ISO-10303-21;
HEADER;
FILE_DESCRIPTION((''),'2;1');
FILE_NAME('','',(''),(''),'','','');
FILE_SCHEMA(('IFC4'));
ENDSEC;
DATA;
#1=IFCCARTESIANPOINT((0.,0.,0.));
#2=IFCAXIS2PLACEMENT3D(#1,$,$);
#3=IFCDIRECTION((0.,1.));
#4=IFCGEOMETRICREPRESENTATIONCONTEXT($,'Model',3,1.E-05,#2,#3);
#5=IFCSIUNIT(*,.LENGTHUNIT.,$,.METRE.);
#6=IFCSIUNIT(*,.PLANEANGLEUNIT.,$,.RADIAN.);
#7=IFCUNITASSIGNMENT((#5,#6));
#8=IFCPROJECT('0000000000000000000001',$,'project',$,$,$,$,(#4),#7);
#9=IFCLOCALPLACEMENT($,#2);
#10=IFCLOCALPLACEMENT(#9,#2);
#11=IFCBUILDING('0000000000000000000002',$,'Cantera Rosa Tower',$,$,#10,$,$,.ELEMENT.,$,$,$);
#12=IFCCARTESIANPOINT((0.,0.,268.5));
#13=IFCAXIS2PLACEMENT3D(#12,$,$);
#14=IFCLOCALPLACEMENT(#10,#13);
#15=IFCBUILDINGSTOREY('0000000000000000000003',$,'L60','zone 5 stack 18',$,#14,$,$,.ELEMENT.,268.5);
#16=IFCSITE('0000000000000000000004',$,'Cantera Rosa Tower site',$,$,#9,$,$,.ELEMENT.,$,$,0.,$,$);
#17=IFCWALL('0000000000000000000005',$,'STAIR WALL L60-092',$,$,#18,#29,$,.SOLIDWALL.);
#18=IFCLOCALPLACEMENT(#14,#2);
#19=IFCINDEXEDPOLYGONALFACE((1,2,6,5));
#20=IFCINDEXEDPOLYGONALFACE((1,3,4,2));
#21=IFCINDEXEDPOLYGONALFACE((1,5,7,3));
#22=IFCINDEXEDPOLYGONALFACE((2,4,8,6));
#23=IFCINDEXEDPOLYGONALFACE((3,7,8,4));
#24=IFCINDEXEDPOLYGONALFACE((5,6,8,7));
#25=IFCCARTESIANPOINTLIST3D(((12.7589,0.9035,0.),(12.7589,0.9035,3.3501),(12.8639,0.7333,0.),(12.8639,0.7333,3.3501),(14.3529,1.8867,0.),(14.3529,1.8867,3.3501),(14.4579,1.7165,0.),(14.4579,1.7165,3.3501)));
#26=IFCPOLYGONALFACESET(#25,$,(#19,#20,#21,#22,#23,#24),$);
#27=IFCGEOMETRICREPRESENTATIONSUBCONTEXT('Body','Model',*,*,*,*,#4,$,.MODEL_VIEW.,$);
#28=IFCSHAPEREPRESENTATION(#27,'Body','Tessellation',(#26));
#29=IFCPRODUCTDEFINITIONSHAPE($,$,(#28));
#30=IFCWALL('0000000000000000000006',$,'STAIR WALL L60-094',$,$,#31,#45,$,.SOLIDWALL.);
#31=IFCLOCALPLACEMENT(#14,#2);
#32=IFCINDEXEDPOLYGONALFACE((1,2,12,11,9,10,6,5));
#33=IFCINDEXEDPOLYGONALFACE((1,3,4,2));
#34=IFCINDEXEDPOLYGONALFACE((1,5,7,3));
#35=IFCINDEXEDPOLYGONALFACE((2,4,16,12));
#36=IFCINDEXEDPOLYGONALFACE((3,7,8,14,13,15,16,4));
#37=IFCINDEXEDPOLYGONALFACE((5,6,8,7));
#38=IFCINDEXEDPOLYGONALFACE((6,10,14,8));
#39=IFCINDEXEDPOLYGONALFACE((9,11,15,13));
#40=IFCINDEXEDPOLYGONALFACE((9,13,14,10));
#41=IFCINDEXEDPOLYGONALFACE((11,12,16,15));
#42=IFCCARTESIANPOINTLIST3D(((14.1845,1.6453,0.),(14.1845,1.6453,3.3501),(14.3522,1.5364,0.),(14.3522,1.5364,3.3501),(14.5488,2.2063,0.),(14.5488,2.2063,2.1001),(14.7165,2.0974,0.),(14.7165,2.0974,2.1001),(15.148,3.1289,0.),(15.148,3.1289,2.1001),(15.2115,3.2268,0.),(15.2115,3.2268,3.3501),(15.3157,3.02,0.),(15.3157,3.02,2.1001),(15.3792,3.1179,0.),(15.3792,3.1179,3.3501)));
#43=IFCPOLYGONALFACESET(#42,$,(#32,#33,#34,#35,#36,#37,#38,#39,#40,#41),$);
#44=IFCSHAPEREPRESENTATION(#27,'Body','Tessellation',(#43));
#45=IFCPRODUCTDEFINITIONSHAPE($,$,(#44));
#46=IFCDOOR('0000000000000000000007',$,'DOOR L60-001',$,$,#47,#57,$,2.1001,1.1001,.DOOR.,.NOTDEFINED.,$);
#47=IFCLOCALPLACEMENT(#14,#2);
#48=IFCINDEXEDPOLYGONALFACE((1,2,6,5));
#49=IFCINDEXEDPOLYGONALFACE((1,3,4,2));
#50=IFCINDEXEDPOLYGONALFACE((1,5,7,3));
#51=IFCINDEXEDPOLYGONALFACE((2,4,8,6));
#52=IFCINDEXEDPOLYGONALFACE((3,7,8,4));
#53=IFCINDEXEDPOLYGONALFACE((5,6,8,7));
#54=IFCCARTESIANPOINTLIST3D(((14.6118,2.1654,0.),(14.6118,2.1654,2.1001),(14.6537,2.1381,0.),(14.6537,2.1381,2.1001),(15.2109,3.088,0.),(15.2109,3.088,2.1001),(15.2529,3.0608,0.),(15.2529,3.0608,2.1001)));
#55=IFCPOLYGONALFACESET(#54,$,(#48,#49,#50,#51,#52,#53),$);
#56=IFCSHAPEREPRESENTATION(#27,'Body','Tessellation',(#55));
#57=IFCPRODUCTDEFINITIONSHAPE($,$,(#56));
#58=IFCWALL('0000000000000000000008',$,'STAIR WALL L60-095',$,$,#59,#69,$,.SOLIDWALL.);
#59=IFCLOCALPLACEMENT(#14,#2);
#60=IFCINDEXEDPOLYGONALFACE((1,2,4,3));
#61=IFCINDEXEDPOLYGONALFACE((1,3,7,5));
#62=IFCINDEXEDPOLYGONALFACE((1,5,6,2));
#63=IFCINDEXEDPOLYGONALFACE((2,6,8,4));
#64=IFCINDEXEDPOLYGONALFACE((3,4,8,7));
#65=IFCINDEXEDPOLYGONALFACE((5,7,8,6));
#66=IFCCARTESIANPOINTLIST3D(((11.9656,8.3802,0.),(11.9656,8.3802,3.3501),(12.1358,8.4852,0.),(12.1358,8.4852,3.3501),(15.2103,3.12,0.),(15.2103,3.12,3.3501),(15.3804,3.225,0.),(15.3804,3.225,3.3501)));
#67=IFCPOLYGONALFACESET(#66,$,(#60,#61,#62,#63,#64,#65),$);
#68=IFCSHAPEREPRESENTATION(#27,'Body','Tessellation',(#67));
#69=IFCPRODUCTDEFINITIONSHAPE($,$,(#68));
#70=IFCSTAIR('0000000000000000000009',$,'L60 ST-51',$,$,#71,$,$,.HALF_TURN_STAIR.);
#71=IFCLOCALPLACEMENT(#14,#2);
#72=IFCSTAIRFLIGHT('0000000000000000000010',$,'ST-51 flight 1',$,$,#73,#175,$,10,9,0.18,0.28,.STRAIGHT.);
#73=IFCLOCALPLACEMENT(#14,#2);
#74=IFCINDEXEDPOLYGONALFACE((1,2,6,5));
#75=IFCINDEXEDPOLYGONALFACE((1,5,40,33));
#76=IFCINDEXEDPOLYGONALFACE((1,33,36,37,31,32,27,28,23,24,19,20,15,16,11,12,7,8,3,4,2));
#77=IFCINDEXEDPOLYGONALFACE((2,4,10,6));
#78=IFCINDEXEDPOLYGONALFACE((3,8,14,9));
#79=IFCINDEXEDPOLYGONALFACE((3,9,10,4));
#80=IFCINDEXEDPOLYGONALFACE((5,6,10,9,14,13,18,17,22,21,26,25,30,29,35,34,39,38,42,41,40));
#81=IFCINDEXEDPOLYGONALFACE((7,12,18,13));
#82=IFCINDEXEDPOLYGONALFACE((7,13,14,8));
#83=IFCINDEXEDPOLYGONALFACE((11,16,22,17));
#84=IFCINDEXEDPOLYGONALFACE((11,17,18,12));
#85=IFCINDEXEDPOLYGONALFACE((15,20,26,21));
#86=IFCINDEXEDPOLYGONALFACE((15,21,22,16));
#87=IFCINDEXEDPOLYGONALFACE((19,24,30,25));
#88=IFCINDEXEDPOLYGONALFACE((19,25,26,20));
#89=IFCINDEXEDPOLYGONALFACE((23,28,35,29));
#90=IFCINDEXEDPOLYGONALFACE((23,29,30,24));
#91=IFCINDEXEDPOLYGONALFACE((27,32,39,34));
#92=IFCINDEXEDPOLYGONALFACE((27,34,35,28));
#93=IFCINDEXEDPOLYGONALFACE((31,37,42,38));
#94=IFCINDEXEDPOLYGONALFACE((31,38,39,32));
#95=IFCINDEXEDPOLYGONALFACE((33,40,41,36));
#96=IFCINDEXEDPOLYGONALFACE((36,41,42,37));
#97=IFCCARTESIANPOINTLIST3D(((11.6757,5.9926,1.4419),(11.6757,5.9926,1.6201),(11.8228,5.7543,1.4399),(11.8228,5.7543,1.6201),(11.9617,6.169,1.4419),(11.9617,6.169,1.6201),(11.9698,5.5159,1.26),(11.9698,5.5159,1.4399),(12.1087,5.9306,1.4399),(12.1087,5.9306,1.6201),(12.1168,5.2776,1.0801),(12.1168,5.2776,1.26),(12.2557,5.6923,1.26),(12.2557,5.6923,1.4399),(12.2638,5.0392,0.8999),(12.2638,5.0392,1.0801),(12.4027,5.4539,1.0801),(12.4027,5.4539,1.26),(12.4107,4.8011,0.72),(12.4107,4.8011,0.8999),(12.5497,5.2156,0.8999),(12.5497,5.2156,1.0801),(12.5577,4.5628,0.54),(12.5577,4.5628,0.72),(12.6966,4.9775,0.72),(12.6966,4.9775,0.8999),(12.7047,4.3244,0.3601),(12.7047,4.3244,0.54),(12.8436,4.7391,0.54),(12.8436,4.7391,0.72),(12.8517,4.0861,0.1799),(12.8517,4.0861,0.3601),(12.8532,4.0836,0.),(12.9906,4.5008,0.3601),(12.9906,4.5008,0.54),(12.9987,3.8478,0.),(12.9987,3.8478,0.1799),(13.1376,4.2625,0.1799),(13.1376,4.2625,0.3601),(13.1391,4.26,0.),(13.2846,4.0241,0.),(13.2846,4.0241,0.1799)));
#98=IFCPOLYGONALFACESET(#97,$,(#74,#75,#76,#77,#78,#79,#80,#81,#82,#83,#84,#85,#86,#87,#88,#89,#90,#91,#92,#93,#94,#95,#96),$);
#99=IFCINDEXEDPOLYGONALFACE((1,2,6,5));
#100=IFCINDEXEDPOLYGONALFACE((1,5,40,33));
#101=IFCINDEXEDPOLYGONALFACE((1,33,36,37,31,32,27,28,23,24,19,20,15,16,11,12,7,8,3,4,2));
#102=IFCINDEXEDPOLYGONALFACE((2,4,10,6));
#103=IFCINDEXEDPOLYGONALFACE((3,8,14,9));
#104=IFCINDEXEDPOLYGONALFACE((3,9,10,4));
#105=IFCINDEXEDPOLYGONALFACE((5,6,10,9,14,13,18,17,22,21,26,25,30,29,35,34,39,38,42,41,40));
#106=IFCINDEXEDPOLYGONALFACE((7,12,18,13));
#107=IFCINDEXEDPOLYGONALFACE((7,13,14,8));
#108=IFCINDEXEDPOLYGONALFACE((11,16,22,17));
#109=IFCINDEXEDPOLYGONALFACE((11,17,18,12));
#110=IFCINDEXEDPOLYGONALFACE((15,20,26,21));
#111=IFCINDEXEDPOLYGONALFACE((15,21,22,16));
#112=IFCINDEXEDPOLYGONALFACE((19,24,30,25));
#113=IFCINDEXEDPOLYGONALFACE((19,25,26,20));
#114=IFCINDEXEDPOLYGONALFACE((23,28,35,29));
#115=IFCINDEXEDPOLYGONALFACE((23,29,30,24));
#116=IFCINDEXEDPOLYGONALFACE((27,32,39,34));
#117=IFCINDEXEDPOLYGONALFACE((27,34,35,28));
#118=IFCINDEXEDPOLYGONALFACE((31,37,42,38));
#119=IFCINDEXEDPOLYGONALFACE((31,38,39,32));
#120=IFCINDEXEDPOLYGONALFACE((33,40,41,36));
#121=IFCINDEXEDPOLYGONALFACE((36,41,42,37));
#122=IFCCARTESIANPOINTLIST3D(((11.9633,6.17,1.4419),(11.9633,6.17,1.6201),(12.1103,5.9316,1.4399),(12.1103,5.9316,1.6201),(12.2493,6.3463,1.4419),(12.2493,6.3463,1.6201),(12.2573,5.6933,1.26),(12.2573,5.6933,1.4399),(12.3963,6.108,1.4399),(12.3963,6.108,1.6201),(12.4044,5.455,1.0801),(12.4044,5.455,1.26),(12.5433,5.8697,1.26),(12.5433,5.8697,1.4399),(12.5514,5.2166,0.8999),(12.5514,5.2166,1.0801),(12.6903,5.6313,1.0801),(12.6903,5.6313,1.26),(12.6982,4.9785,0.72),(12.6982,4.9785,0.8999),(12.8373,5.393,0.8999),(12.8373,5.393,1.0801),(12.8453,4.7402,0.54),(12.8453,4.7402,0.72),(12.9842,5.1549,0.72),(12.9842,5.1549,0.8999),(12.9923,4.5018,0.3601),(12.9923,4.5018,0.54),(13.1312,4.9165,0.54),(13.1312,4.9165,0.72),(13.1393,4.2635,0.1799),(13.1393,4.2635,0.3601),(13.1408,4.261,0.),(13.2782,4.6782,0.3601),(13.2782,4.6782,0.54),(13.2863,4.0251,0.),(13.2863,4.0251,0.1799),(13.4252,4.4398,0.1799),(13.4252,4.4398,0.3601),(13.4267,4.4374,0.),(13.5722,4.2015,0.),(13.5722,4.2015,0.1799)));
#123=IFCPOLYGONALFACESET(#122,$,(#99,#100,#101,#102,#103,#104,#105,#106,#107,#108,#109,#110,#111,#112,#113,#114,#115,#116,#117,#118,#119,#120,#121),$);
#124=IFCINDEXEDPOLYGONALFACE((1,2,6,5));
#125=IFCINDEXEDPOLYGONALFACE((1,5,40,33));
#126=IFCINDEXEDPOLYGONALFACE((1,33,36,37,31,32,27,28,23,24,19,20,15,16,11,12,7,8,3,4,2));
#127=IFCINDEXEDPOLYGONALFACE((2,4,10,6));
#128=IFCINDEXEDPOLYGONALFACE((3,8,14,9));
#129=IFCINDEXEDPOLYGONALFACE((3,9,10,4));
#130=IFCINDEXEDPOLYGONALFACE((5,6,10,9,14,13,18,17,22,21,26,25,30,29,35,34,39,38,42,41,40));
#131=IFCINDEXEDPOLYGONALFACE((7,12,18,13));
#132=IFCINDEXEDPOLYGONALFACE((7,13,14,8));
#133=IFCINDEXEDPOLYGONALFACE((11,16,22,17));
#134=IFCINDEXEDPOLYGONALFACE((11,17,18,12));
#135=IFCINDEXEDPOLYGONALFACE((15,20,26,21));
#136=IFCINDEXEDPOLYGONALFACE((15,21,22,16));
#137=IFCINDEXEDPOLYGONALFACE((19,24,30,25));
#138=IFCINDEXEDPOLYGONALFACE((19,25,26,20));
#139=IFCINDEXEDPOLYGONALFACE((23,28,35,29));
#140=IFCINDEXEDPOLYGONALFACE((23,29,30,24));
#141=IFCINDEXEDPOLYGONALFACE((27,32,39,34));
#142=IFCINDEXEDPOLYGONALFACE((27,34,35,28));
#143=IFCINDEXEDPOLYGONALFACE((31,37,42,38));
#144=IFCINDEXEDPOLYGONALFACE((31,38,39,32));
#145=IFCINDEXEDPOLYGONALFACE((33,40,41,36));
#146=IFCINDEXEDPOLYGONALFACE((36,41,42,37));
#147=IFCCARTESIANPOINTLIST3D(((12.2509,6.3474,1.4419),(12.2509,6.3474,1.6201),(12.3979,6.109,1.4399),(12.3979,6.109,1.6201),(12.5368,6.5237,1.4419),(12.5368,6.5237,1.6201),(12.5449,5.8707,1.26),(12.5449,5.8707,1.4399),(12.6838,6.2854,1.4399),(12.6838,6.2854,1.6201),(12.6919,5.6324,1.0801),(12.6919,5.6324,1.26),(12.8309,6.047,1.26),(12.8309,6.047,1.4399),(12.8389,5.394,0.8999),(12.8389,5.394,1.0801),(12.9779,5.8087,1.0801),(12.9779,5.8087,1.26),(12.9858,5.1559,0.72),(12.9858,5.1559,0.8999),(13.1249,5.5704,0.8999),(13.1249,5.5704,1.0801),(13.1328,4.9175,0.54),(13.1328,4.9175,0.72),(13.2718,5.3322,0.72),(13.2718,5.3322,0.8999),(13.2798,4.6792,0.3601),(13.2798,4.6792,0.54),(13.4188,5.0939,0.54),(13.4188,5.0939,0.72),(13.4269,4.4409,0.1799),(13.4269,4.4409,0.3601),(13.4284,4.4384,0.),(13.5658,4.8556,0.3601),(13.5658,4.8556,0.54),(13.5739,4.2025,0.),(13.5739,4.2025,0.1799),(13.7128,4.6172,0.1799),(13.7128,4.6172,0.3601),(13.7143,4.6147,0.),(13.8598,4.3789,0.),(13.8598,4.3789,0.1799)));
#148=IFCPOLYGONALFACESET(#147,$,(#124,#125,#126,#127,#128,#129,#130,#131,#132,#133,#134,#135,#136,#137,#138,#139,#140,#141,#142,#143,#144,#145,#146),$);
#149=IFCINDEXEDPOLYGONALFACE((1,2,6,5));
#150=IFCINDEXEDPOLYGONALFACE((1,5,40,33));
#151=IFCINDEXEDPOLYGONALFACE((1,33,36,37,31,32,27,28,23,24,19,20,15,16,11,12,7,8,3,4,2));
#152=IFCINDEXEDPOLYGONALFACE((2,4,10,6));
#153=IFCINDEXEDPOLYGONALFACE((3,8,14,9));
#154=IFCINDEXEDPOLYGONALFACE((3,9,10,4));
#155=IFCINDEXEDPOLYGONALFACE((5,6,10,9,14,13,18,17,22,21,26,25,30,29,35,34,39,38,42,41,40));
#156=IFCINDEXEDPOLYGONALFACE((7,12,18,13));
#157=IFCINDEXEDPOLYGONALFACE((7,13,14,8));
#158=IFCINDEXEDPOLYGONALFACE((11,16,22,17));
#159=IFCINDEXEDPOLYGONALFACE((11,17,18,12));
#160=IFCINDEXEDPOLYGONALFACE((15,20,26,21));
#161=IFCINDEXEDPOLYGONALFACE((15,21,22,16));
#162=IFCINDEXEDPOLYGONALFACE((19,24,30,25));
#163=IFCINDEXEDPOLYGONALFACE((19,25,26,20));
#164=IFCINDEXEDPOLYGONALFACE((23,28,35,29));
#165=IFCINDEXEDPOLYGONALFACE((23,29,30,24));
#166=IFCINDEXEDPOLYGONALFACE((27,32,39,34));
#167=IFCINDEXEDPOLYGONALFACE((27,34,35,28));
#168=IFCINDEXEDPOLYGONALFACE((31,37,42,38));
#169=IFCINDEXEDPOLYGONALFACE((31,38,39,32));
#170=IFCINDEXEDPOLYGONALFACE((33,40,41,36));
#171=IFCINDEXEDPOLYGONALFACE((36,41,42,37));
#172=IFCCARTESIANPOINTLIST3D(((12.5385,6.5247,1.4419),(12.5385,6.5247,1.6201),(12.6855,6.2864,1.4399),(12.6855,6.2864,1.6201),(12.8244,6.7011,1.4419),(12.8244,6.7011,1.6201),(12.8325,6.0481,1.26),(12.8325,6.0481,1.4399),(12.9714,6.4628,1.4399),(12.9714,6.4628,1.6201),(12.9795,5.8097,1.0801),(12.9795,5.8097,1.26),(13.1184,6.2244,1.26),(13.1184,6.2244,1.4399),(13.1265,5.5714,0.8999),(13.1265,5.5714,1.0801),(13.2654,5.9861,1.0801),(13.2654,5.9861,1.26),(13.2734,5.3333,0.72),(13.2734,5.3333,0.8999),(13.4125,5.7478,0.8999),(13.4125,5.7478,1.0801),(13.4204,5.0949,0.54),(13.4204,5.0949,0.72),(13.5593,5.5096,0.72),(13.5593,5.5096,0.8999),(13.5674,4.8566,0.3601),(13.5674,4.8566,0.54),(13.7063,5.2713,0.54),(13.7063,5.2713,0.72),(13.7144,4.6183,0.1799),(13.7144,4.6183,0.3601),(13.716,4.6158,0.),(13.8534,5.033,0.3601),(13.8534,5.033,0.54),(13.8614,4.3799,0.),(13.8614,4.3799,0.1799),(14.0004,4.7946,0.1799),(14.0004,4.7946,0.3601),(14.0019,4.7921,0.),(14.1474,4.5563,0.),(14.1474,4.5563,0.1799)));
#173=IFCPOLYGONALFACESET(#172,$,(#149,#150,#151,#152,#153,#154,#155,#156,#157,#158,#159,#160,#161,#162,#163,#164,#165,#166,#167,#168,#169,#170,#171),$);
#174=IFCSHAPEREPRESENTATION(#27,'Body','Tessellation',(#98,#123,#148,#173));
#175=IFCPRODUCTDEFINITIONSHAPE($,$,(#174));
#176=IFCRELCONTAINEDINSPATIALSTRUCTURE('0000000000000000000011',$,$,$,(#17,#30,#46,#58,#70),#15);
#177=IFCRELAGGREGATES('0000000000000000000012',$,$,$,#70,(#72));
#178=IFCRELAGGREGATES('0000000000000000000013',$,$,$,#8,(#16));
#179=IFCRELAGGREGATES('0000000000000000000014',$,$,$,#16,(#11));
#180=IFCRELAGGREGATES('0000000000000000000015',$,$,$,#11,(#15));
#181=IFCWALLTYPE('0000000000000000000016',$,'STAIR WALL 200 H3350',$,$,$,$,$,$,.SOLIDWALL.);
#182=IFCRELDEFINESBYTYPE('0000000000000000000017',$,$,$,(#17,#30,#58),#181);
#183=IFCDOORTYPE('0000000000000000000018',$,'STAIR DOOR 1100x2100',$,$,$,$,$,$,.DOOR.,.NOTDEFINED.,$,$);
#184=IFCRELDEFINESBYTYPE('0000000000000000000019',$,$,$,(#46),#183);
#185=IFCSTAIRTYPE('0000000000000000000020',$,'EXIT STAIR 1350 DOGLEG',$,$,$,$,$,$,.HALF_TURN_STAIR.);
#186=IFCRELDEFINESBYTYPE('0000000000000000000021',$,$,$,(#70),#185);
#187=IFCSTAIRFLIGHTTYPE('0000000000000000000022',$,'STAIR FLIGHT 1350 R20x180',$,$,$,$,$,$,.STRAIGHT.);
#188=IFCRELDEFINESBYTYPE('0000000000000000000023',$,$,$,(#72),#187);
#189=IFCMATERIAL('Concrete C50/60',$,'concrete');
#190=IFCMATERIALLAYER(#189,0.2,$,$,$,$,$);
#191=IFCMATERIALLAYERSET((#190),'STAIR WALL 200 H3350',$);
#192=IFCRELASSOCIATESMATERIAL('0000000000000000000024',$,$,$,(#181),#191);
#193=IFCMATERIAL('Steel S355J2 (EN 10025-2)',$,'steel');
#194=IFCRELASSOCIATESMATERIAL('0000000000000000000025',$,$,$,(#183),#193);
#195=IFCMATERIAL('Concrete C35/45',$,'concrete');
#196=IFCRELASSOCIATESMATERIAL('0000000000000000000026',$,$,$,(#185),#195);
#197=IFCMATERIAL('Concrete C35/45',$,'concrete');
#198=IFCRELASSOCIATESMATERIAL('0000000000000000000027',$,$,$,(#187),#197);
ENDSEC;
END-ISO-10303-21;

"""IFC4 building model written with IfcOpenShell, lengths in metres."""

from ifc_helpers import new_model, si_unit, direction, frame, frame_2d, origin, place, context, subcontext, project, spatial, polyline, rectangle, outline, extrude, material, layer, layer_set, type_object, element, fill, aggregate, save


model = new_model("IFC4")

# Units and contexts
model_context = context("Model", 3, precision=1e-05, world=origin(), true_north=direction((0.0, 1.0)))
body_context = subcontext(model_context, "Body", "Model", "MODEL_VIEW")
ifc_project = project(units=[si_unit("LENGTHUNIT", "METRE"), si_unit("PLANEANGLEUNIT", "RADIAN")], contexts=[model_context])

# Site, building, storey
site_placement = place(None, origin())
site = spatial("IfcSite", under=ifc_project, at=site_placement, Name="Cantera Rosa Tower site", CompositionType="ELEMENT", RefElevation=0.0)
building_placement = place(site_placement, origin())
building = spatial("IfcBuilding", under=site, at=building_placement, Name="Cantera Rosa Tower", CompositionType="ELEMENT")
storey_placement = place(building_placement, frame((0.0, 0.0, 268.5)))
storey = spatial("IfcBuildingStorey", under=building, at=storey_placement, Name="L60", Description="zone 5 stack 18", CompositionType="ELEMENT", Elevation=268.5)

# Wall
ifc_material_1 = material(Name="Concrete C50/60", Category="concrete")
ifc_layer_1 = layer(ifc_material_1, 0.2)
ifc_layer_set_1 = layer_set([ifc_layer_1], Name="STAIR WALL 200 H3350")
wall_type_1 = type_object("IfcWallType", Name="STAIR WALL 200 H3350", PredefinedType="SOLIDWALL", material=ifc_layer_set_1)
wall_1_placement = place(storey_placement, frame((12.8113, 0.8184, 0.0), z_axis=(0.0, 0.0, 1.0), x_axis=(0.851125, 0.524963, 0.0)))
element("IfcWall", 1, at=wall_1_placement, inside=storey, type_object=wall_type_1, Name="STAIR WALL L60-092", PredefinedType="SOLIDWALL", context=body_context, shape_type="SweptSolid", body=[
    extrude(rectangle(XDim=1.8728, YDim=0.2, at=frame_2d((0.9365, 0.0))), origin(), (0.0, 0.0, 1.0), 3.3501),
])

# Wall, opening, door
wall_2_placement = place(storey_placement, frame((14.2683, 1.5908, 0.0), z_axis=(0.0, 0.0, 1.0), x_axis=(0.544652, 0.838662, 0.0)))
wall_2 = element("IfcWall", 2, at=wall_2_placement, inside=storey, type_object=wall_type_1, Name="STAIR WALL L60-094", PredefinedType="SOLIDWALL", context=body_context, shape_type="SweptSolid", body=[
    extrude(rectangle(XDim=1.8857, YDim=0.2, at=frame_2d((0.9429, 0.0))), origin(), (0.0, 0.0, 1.0), 3.3501),
])
opening_placement = place(wall_2_placement, frame((0.6689, 0.0, 0.0)))
opening = element("IfcOpeningElement", 3, at=opening_placement, cuts=wall_2, PredefinedType="OPENING", context=body_context, shape_type="SweptSolid", body=[
    extrude(rectangle(XDim=1.1001, YDim=2.1001, at=frame_2d((0.55, 1.05))), frame((0.0, 0.1099, 0.0), z_axis=(0.0, -1.0, 0.0), x_axis=(1.0, 0.0, 0.0)), (0.0, 0.0, 1.0), 0.22),
])
ifc_material_2 = material(Name="Steel S355J2 (EN 10025-2)", Category="steel")
door_type = type_object("IfcDoorType", Name="STAIR DOOR 1100x2100", OperationType="NOTDEFINED", PredefinedType="DOOR", material=ifc_material_2)
door_placement = place(opening_placement, origin())
door = element("IfcDoor", 4, at=door_placement, inside=storey, type_object=door_type, Name="DOOR L60-001", OperationType="NOTDEFINED", OverallHeight=2.1001, OverallWidth=1.1001, PredefinedType="DOOR", context=body_context, shape_type="SweptSolid", body=[
    extrude(rectangle(XDim=1.1001, YDim=2.1001, at=frame_2d((0.55, 1.05))), frame((0.0, 0.0249, 0.0), z_axis=(0.0, -1.0, 0.0), x_axis=(1.0, 0.0, 0.0)), (0.0, 0.0, 1.0), 0.05),
])
fill(opening, door)

# Wall
wall_3_placement = place(storey_placement, frame((15.2954, 3.1724, 0.0), z_axis=(0.0, 0.0, 1.0), x_axis=(-0.524983, 0.851113, 0.0)))
element("IfcWall", 5, at=wall_3_placement, inside=storey, type_object=wall_type_1, Name="STAIR WALL L60-095", PredefinedType="SOLIDWALL", context=body_context, shape_type="SweptSolid", body=[
    extrude(rectangle(XDim=6.1804, YDim=0.2, at=frame_2d((3.0903, 0.0))), origin(), (0.0, 0.0, 1.0), 3.3501),
])

# Stair, stair flight
ifc_material_3 = material(Name="Concrete C35/45", Category="concrete")
stair_type = type_object("IfcStairType", Name="EXIT STAIR 1350 DOGLEG", PredefinedType="HALF_TURN_STAIR", material=ifc_material_3)
stair_placement = place(storey_placement, origin())
stair = element("IfcStair", 6, at=stair_placement, inside=storey, type_object=stair_type, Name="L60 ST-51", PredefinedType="HALF_TURN_STAIR")
ifc_material_4 = material(Name="Concrete C35/45", Category="concrete")
stair_flight_type = type_object("IfcStairFlightType", Name="STAIR FLIGHT 1350 R20x180", PredefinedType="STRAIGHT", material=ifc_material_4)
stair_flight_1_placement = place(storey_placement, frame((13.5732, 4.2021, 0.0), z_axis=(0.0, 0.0, 1.0), x_axis=(-0.524977, 0.851117, 0.0)))
stair_flight_1 = element("IfcStairFlight", 7, at=stair_flight_1_placement, type_object=stair_flight_type, Name="ST-51 flight 1", NumberOfRisers=10, NumberOfTreads=9, PredefinedType="STRAIGHT", RiserHeight=0.18, TreadLength=0.28, context=body_context, shape_type="SweptSolid", body=[
    extrude(outline(polyline([(0.0, 0.0), (0.0, 0.1799), (0.28, 0.1799), (0.28, 0.3601), (0.5601, 0.3601), (0.5601, 0.54), (0.8401, 0.54), (0.8401, 0.72), (1.1201, 0.72), (1.1201, 0.8999), (1.3999, 0.8999), (1.3999, 1.0801), (1.6799, 1.0801), (1.6799, 1.26), (1.96, 1.26), (1.96, 1.4399), (2.24, 1.4399), (2.24, 1.6201), (2.52, 1.6201), (2.52, 1.8), (2.52, 1.4419), (0.2771, 0.0), (0.0, 0.0)])), frame((0.0, 0.675, 0.0), z_axis=(0.0, -1.0, 0.0), x_axis=(1.0, 0.0, 0.0)), (0.0, 0.0, 1.0), 0.3359),
    extrude(outline(polyline([(0.0, 0.0), (0.0, 0.1799), (0.28, 0.1799), (0.28, 0.3601), (0.5601, 0.3601), (0.5601, 0.54), (0.8401, 0.54), (0.8401, 0.72), (1.1201, 0.72), (1.1201, 0.8999), (1.3999, 0.8999), (1.3999, 1.0801), (1.6799, 1.0801), (1.6799, 1.26), (1.96, 1.26), (1.96, 1.4399), (2.24, 1.4399), (2.24, 1.6201), (2.52, 1.6201), (2.52, 1.8), (2.52, 1.4419), (0.2771, 0.0), (0.0, 0.0)])), frame((0.0, 0.3372, 0.0), z_axis=(0.0, -1.0, 0.0), x_axis=(1.0, 0.0, 0.0)), (0.0, 0.0, 1.0), 0.3359),
    extrude(outline(polyline([(0.0, 0.0), (0.0, 0.1799), (0.28, 0.1799), (0.28, 0.3601), (0.5601, 0.3601), (0.5601, 0.54), (0.8401, 0.54), (0.8401, 0.72), (1.1201, 0.72), (1.1201, 0.8999), (1.3999, 0.8999), (1.3999, 1.0801), (1.6799, 1.0801), (1.6799, 1.26), (1.96, 1.26), (1.96, 1.4399), (2.24, 1.4399), (2.24, 1.6201), (2.52, 1.6201), (2.52, 1.8), (2.52, 1.4419), (0.2771, 0.0), (0.0, 0.0)])), frame((0.0, -0.0007, 0.0), z_axis=(0.0, -1.0, 0.0), x_axis=(1.0, 0.0, 0.0)), (0.0, 0.0, 1.0), 0.3359),
    extrude(outline(polyline([(0.0, 0.0), (0.0, 0.1799), (0.28, 0.1799), (0.28, 0.3601), (0.5601, 0.3601), (0.5601, 0.54), (0.8401, 0.54), (0.8401, 0.72), (1.1201, 0.72), (1.1201, 0.8999), (1.3999, 0.8999), (1.3999, 1.0801), (1.6799, 1.0801), (1.6799, 1.26), (1.96, 1.26), (1.96, 1.4399), (2.24, 1.4399), (2.24, 1.6201), (2.52, 1.6201), (2.52, 1.8), (2.52, 1.4419), (0.2771, 0.0), (0.0, 0.0)])), frame((0.0, -0.3386, 0.0), z_axis=(0.0, -1.0, 0.0), x_axis=(1.0, 0.0, 0.0)), (0.0, 0.0, 1.0), 0.3359),
])
aggregate(stair, [stair_flight_1])

save(model, "model.ifc")
